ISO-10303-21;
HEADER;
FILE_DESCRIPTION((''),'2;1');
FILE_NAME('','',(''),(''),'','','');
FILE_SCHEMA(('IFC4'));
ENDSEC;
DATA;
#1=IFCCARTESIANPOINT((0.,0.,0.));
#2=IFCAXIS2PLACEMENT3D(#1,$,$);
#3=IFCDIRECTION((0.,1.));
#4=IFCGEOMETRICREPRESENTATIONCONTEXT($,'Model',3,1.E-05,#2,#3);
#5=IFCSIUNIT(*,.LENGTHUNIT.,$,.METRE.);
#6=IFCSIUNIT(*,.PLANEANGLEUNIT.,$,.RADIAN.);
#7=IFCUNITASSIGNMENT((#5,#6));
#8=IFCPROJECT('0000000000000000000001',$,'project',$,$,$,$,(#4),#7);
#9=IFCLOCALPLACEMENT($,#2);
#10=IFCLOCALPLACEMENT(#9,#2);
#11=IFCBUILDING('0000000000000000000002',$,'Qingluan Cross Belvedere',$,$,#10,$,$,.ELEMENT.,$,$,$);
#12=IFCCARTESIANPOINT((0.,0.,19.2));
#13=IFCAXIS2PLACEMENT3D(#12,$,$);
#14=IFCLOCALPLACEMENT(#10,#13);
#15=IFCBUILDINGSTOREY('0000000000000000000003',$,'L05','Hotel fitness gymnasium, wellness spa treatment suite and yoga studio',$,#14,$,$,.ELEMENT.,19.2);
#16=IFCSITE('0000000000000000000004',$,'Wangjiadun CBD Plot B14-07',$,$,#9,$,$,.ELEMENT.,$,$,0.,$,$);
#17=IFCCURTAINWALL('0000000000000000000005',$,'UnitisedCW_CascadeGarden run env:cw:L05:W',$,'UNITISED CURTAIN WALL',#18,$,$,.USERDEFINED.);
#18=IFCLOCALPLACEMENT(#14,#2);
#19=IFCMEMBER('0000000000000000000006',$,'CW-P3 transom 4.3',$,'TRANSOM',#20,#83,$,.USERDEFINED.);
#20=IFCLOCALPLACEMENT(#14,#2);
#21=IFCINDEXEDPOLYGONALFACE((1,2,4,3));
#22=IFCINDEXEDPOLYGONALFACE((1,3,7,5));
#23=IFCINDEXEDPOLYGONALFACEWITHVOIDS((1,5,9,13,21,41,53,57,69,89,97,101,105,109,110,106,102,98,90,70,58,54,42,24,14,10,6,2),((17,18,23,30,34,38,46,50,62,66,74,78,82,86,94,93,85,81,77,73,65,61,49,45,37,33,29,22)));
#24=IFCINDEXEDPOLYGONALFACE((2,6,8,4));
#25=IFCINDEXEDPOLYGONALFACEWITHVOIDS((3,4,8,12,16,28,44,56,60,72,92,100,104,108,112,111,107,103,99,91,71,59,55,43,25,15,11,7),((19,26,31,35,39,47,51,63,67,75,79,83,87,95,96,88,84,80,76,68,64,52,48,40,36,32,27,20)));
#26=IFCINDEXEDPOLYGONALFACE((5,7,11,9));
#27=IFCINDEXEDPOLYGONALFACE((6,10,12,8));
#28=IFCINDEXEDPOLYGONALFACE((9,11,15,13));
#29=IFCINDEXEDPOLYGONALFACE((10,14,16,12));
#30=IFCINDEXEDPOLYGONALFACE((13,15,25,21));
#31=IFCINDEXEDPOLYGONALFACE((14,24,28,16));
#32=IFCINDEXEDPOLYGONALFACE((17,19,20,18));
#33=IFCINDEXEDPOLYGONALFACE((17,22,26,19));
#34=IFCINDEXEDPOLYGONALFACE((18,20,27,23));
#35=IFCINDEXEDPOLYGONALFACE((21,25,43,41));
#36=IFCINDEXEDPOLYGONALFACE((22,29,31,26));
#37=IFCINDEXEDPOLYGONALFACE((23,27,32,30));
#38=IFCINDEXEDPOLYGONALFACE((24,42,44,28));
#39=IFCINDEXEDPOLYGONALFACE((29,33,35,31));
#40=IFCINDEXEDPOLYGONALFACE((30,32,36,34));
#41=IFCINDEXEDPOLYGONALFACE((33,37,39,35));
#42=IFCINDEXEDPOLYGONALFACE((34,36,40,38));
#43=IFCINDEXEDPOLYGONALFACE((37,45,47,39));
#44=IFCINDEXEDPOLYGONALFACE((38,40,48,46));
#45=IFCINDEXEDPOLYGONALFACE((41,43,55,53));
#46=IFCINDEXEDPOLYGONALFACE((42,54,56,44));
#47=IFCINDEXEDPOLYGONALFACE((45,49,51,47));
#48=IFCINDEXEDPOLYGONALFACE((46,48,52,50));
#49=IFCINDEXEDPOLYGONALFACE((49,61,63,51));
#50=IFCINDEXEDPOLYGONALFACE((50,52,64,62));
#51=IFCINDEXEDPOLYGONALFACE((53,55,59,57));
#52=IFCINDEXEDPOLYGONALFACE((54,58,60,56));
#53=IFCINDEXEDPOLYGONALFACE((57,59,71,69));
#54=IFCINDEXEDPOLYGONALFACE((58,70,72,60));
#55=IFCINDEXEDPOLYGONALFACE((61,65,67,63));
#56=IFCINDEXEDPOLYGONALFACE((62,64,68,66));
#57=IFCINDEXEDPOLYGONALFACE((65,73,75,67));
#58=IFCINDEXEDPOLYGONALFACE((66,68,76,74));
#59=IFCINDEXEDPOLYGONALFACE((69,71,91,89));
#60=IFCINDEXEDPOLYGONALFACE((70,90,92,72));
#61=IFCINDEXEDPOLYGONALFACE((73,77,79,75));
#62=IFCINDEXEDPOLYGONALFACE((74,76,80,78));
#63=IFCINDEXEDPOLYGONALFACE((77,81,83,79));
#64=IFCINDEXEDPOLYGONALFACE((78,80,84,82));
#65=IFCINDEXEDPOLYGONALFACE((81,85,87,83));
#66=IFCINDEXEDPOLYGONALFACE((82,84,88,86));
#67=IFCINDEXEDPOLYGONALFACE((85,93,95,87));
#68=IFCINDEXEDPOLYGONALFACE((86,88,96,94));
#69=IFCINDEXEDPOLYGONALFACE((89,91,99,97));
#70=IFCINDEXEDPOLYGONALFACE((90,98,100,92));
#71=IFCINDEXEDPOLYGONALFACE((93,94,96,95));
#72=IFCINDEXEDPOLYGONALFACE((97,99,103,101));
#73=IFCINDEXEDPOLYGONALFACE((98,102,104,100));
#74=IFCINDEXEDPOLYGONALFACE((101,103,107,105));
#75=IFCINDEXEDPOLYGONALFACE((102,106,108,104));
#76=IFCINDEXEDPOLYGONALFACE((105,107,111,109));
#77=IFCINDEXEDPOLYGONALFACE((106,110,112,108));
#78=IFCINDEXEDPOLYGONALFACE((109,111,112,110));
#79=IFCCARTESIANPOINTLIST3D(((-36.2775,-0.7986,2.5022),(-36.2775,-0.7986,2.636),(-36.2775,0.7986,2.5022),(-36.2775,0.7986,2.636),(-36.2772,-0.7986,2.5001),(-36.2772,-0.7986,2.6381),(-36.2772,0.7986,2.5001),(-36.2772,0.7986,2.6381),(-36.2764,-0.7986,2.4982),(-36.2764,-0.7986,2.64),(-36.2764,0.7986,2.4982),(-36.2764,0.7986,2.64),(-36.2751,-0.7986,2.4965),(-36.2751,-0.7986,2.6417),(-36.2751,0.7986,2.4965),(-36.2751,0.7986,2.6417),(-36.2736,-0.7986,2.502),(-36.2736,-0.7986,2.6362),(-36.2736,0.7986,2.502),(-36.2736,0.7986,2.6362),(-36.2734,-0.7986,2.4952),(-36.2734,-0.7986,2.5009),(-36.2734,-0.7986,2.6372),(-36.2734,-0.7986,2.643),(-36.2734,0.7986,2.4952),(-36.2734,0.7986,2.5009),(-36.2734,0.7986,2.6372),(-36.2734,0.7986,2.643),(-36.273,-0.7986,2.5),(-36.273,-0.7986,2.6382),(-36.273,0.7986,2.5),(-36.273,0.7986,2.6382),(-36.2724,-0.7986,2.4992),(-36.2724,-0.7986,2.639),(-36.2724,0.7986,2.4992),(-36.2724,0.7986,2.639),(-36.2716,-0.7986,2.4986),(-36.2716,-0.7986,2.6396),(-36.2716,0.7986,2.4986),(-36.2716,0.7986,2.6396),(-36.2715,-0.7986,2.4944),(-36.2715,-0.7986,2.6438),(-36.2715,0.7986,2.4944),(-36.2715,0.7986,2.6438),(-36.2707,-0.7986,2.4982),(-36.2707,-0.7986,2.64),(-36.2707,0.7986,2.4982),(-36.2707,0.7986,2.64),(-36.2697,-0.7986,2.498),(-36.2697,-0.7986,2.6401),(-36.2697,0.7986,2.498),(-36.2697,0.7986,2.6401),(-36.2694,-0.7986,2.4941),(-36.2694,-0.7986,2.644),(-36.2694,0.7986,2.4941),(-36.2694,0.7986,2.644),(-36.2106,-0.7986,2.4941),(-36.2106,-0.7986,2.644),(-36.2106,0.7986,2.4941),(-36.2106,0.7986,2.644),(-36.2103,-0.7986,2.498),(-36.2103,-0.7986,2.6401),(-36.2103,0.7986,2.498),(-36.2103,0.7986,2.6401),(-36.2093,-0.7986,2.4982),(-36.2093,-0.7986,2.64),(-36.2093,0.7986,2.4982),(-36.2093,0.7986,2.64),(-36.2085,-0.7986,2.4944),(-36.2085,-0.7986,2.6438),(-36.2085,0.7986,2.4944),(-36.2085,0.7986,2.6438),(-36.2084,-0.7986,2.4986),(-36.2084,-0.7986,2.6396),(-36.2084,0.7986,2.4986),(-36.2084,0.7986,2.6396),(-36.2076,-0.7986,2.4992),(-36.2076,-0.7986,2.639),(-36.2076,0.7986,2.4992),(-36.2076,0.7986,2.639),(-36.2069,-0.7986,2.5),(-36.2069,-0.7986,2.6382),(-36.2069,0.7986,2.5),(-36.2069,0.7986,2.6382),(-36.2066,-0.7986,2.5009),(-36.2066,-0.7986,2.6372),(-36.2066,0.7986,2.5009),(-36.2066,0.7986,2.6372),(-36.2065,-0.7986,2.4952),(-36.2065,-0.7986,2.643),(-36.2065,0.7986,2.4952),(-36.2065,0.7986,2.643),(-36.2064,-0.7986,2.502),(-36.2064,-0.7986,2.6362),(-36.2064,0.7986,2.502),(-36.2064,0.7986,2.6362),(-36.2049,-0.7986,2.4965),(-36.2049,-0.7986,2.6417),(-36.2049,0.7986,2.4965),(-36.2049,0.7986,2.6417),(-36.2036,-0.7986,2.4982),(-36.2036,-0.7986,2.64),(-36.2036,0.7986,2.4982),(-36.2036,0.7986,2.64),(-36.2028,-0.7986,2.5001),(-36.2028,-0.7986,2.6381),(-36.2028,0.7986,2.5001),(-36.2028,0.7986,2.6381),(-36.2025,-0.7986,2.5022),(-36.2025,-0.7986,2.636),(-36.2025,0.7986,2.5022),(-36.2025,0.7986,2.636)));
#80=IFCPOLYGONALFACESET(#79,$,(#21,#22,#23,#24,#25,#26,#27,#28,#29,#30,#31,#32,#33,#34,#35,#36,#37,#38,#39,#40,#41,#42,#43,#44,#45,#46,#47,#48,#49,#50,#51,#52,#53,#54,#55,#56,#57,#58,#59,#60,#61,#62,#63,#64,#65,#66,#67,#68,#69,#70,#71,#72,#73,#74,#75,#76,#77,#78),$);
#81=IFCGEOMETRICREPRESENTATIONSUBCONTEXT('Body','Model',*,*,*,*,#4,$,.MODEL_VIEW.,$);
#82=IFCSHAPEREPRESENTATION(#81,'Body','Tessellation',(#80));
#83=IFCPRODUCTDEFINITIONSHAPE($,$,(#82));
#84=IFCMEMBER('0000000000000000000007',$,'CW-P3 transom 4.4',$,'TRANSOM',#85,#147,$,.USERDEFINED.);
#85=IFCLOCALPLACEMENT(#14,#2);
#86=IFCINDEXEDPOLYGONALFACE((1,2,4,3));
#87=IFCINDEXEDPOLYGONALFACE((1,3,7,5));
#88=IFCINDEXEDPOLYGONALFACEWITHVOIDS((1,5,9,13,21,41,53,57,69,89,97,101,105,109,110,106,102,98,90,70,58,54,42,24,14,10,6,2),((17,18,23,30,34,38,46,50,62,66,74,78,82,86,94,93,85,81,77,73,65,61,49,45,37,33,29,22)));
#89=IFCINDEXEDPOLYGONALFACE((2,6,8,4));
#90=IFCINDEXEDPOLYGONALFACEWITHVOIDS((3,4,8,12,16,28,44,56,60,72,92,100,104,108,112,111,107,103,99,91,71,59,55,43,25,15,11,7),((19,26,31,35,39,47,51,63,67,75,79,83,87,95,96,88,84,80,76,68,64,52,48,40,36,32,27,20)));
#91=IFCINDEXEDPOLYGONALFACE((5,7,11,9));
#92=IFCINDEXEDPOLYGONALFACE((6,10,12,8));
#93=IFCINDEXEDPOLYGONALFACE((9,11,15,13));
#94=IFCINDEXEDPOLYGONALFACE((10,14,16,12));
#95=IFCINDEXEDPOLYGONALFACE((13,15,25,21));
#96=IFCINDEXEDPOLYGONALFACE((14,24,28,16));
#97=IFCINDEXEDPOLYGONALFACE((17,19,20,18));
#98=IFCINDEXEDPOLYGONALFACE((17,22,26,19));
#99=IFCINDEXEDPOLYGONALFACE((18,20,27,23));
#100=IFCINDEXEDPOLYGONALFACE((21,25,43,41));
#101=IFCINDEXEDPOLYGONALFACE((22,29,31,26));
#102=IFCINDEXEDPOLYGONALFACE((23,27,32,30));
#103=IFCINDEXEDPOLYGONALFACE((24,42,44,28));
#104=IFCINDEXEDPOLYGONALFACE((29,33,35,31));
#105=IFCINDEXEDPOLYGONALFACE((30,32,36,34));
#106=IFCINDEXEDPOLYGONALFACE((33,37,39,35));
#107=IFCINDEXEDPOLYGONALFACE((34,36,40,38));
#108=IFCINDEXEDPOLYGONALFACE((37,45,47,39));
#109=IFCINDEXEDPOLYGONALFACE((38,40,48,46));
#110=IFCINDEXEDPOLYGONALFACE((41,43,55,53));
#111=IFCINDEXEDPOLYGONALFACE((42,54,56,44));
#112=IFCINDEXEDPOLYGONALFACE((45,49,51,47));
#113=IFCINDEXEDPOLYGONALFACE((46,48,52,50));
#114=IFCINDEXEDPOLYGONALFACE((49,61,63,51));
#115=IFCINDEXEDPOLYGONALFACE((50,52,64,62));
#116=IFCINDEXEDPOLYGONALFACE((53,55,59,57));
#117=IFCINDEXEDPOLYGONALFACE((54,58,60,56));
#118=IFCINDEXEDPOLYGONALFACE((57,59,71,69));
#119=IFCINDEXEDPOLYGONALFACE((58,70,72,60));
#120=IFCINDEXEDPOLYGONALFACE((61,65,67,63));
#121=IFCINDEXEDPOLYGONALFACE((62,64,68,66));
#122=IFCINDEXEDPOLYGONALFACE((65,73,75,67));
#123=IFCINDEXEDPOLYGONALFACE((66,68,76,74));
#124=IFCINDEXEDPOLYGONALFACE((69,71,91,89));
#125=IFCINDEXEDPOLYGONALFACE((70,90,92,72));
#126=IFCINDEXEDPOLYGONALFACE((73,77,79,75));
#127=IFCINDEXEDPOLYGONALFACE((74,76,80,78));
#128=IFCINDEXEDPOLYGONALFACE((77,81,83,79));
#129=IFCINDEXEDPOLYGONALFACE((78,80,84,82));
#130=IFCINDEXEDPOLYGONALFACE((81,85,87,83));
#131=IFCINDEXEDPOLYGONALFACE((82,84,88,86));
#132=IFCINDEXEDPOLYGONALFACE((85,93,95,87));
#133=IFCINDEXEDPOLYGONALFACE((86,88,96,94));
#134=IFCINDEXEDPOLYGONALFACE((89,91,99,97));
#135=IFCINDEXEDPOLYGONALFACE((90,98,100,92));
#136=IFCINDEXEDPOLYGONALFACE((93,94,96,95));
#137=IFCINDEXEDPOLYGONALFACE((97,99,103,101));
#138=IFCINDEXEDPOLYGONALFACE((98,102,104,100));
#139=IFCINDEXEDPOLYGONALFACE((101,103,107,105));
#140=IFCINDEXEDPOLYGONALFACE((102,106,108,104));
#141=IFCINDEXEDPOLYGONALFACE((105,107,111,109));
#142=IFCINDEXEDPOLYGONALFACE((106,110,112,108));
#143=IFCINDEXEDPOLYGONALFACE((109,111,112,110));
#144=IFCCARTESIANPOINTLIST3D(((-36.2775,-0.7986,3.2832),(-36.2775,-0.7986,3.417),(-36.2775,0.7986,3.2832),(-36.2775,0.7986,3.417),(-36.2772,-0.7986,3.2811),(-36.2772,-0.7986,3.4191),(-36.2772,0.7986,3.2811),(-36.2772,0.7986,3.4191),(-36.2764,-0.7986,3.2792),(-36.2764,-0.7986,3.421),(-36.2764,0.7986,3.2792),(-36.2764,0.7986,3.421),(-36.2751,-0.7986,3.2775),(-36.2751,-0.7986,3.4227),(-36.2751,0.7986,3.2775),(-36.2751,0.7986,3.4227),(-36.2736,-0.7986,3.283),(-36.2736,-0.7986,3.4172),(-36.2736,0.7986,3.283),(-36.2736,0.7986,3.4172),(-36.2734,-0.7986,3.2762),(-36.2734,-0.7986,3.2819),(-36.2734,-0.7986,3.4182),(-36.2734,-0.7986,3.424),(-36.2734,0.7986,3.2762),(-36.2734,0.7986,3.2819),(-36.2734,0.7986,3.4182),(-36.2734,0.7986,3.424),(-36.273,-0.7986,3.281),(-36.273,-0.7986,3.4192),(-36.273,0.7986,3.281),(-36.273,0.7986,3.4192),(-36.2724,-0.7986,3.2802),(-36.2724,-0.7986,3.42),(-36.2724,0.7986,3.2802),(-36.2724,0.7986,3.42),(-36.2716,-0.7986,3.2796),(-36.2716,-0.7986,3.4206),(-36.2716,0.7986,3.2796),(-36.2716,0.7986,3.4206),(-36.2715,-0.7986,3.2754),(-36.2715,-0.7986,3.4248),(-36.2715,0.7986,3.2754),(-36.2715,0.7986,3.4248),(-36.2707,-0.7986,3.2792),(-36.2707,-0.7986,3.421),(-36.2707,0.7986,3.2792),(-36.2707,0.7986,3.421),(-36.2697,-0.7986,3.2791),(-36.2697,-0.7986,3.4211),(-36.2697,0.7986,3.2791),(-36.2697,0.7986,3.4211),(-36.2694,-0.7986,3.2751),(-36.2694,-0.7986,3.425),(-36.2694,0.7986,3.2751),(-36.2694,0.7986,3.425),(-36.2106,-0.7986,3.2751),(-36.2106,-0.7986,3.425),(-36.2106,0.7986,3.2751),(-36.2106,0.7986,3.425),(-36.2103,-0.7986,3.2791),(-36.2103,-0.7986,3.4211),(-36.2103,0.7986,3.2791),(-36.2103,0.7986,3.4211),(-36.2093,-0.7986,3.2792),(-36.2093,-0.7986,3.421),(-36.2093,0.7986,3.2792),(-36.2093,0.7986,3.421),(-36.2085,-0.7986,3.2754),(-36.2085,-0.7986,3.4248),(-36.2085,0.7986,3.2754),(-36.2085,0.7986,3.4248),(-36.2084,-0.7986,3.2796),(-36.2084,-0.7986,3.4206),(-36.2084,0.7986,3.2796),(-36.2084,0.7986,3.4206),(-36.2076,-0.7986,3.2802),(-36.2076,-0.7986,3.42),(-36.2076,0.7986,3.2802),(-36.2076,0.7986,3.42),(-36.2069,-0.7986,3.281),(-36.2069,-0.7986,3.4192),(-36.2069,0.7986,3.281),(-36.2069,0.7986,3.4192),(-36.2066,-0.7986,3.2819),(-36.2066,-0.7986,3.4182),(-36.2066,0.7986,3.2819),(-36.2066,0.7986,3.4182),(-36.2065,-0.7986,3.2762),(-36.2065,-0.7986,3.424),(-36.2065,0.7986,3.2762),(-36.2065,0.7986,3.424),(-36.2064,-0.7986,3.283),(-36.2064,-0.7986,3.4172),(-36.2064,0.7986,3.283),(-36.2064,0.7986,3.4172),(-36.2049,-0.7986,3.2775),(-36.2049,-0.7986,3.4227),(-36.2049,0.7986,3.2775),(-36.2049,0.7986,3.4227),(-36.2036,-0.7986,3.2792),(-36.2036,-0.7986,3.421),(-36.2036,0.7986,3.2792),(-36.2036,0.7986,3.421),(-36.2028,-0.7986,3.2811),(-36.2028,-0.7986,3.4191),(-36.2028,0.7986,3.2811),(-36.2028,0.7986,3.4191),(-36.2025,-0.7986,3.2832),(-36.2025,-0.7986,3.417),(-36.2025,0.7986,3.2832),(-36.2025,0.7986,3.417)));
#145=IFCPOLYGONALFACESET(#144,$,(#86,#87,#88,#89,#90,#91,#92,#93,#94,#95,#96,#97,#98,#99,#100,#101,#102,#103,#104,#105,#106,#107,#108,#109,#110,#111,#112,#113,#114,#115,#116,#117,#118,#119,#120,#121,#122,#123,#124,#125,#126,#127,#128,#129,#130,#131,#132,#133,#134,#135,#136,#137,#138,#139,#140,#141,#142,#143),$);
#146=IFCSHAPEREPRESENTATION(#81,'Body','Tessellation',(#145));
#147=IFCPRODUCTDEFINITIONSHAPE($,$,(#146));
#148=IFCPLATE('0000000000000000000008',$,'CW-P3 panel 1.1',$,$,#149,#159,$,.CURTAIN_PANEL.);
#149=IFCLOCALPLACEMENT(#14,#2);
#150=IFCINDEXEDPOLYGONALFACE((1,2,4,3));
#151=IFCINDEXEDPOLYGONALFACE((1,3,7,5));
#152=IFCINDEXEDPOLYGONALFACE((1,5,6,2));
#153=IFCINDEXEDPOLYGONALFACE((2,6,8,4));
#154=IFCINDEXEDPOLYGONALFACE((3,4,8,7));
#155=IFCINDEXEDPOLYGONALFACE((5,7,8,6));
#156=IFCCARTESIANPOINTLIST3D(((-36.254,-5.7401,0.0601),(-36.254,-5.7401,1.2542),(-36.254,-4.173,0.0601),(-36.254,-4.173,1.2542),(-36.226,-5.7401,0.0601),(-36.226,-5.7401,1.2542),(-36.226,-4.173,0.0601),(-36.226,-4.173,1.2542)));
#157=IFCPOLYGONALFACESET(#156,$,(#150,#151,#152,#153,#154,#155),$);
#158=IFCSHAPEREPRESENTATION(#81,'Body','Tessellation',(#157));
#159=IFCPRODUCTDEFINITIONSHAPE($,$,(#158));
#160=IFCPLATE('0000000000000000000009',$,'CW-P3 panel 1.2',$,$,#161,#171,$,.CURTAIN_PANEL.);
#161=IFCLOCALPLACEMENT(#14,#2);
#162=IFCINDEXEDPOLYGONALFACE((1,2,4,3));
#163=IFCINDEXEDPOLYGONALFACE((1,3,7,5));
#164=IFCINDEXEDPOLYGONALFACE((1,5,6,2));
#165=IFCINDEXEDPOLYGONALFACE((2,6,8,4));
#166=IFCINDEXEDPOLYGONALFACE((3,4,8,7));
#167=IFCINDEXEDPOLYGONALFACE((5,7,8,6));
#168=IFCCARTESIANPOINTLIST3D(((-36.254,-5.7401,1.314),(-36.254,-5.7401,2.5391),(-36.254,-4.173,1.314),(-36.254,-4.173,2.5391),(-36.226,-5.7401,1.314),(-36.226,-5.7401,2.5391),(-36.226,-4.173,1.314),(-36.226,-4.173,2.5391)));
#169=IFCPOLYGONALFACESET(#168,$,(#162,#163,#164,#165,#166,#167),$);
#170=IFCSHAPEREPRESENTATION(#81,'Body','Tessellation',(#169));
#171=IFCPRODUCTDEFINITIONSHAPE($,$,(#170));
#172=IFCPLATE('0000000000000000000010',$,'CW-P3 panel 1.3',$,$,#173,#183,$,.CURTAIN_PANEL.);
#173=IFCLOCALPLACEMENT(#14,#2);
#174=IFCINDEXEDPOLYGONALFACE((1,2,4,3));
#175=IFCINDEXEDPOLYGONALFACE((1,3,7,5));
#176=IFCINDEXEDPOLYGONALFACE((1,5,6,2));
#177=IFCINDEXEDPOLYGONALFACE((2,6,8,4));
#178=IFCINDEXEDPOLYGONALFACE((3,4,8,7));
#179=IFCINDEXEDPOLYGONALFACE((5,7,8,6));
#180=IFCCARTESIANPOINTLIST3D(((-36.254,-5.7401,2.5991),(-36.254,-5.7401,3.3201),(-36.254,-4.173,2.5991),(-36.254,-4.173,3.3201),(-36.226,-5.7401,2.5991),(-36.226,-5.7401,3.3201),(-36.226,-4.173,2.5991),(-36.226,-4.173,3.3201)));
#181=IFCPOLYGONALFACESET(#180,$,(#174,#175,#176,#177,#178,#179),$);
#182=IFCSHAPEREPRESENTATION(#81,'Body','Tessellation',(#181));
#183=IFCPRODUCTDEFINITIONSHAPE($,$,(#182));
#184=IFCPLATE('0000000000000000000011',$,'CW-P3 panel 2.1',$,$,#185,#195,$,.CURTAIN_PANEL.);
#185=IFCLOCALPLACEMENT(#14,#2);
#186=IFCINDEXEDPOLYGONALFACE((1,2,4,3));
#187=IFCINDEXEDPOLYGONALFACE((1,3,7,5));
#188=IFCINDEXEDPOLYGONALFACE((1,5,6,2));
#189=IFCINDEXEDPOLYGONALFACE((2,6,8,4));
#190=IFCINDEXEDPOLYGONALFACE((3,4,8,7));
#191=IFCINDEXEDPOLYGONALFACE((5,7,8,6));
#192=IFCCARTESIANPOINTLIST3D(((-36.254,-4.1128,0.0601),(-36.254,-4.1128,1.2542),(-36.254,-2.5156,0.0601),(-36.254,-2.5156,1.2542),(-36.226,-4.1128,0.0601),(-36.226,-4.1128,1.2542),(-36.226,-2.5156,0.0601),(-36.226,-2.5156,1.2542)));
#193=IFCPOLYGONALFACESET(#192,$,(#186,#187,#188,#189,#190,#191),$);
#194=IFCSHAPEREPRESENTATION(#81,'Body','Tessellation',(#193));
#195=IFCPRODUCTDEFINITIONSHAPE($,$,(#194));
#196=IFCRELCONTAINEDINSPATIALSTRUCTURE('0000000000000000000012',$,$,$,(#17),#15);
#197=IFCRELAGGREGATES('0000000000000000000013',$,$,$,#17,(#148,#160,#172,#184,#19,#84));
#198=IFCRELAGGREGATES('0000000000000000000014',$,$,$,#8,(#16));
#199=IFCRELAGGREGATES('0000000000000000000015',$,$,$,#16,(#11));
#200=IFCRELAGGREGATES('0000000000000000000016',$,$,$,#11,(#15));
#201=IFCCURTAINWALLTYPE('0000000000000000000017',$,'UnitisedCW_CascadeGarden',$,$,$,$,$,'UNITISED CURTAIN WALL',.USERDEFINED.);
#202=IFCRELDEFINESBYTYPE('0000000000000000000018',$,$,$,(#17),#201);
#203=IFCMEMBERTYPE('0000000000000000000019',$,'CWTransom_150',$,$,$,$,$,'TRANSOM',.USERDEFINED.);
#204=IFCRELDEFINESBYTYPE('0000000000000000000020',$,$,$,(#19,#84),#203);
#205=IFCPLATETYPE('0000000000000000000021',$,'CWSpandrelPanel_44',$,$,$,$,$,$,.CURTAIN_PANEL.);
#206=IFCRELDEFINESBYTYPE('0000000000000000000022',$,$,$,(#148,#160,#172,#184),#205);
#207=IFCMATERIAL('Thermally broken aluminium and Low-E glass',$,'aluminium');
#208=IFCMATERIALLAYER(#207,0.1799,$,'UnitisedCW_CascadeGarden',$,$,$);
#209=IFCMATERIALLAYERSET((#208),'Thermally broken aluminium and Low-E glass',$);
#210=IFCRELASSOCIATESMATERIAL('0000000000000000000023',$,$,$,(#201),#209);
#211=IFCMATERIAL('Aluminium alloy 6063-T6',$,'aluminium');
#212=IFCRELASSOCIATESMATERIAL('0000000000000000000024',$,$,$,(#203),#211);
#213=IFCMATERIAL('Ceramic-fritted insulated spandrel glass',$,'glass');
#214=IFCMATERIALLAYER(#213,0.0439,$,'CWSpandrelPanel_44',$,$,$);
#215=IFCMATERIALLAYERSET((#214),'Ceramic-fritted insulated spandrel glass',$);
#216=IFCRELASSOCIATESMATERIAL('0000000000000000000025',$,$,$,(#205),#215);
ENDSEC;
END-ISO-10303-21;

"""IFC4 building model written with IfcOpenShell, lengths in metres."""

from ifc_helpers import new_model, si_unit, direction, frame, origin, origin_2d, place, context, subcontext, project, spatial, rectangle, hollow_rectangle, extrude, material, layer, layer_set, material_profile, profile_set, type_object, element, aggregate, save


model = new_model("IFC4")

# Units and contexts
model_context = context("Model", 3, precision=1e-05, world=origin(), true_north=direction((0.0, 1.0)))
body_context = subcontext(model_context, "Body", "Model", "MODEL_VIEW")
ifc_project = project(units=[si_unit("LENGTHUNIT", "METRE"), si_unit("PLANEANGLEUNIT", "RADIAN")], contexts=[model_context])

# Site, building, storey
site_placement = place(None, origin())
site = spatial("IfcSite", under=ifc_project, at=site_placement, Name="Wangjiadun CBD Plot B14-07", CompositionType="ELEMENT", RefElevation=0.0)
building_placement = place(site_placement, origin())
building = spatial("IfcBuilding", under=site, at=building_placement, Name="Qingluan Cross Belvedere", CompositionType="ELEMENT")
storey_placement = place(building_placement, frame((0.0, 0.0, 19.2)))
storey = spatial("IfcBuildingStorey", under=building, at=storey_placement, Name="L05", Description="Hotel fitness gymnasium, wellness spa treatment suite and yoga studio", CompositionType="ELEMENT", Elevation=19.2)

# Curtain wall, members, plates
ifc_material_1 = material(Name="Thermally broken aluminium and Low-E glass", Category="aluminium")
ifc_layer_1 = layer(ifc_material_1, 0.1799, Name="UnitisedCW_CascadeGarden")
ifc_layer_set_1 = layer_set([ifc_layer_1], Name="Thermally broken aluminium and Low-E glass")
curtain_wall_type = type_object("IfcCurtainWallType", Name="UnitisedCW_CascadeGarden", ElementType="UNITISED CURTAIN WALL", PredefinedType="USERDEFINED", material=ifc_layer_set_1)
curtain_wall_placement = place(storey_placement, origin())
curtain_wall = element("IfcCurtainWall", 1, at=curtain_wall_placement, inside=storey, type_object=curtain_wall_type, Name="UnitisedCW_CascadeGarden run env:cw:L05:W", ObjectType="UNITISED CURTAIN WALL", PredefinedType="USERDEFINED")
ifc_material_2 = material(Name="Aluminium alloy 6063-T6", Category="aluminium")
ifc_material_profile_1 = material_profile(ifc_material_2, hollow_rectangle(XDim=0.075, YDim=0.1499, WallThickness=0.0039, InnerFilletRadius=0.0039, OuterFilletRadius=0.0081, at=origin_2d()), Name="CWT150x75x4")
ifc_profile_set_1 = profile_set([ifc_material_profile_1], Name="Aluminium alloy 6063-T6")
member_type_1 = type_object("IfcMemberType", Name="CWTransom_150", ElementType="TRANSOM", PredefinedType="USERDEFINED", material=ifc_profile_set_1)
member_1_placement = place(storey_placement, frame((-36.24, -0.7986, 2.5691), z_axis=(0.0, 1.0, 0.0), x_axis=(-1.0, 0.0, 0.0)))
member_1 = element("IfcMember", 2, at=member_1_placement, type_object=member_type_1, Name="CW-P3 transom 4.3", ObjectType="TRANSOM", PredefinedType="USERDEFINED", context=body_context, shape_type="SweptSolid", body=[
    extrude(hollow_rectangle(XDim=0.075, YDim=0.1499, WallThickness=0.0039, InnerFilletRadius=0.0039, OuterFilletRadius=0.0081, at=origin_2d()), origin(), (0.0, 0.0, 1.0), 1.5972),
])
member_2_placement = place(storey_placement, frame((-36.24, -0.7986, 3.3501), z_axis=(0.0, 1.0, 0.0), x_axis=(-1.0, 0.0, 0.0)))
member_2 = element("IfcMember", 3, at=member_2_placement, type_object=member_type_1, Name="CW-P3 transom 4.4", ObjectType="TRANSOM", PredefinedType="USERDEFINED", context=body_context, shape_type="SweptSolid", body=[
    extrude(hollow_rectangle(XDim=0.075, YDim=0.1499, WallThickness=0.0039, InnerFilletRadius=0.0039, OuterFilletRadius=0.0081, at=origin_2d()), origin(), (0.0, 0.0, 1.0), 1.5972),
])
ifc_material_3 = material(Name="Ceramic-fritted insulated spandrel glass", Category="glass")
ifc_layer_2 = layer(ifc_material_3, 0.0439, Name="CWSpandrelPanel_44")
ifc_layer_set_2 = layer_set([ifc_layer_2], Name="Ceramic-fritted insulated spandrel glass")
plate_type = type_object("IfcPlateType", Name="CWSpandrelPanel_44", PredefinedType="CURTAIN_PANEL", material=ifc_layer_set_2)
plate_1_placement = place(storey_placement, frame((-36.24, -4.9565, 0.0601), z_axis=(0.0, 0.0, 1.0), x_axis=(0.0, 1.0, 0.0)))
plate_1 = element("IfcPlate", 4, at=plate_1_placement, type_object=plate_type, Name="CW-P3 panel 1.1", PredefinedType="CURTAIN_PANEL", context=body_context, shape_type="SweptSolid", body=[
    extrude(rectangle(XDim=1.5671, YDim=0.0281, at=origin_2d()), origin(), (0.0, 0.0, 1.0), 1.1941),
])
plate_2_placement = place(storey_placement, frame((-36.24, -4.9565, 1.314), z_axis=(0.0, 0.0, 1.0), x_axis=(0.0, 1.0, 0.0)))
plate_2 = element("IfcPlate", 5, at=plate_2_placement, type_object=plate_type, Name="CW-P3 panel 1.2", PredefinedType="CURTAIN_PANEL", context=body_context, shape_type="SweptSolid", body=[
    extrude(rectangle(XDim=1.5671, YDim=0.0281, at=origin_2d()), origin(), (0.0, 0.0, 1.0), 1.2251),
])
plate_3_placement = place(storey_placement, frame((-36.24, -4.9565, 2.5991), z_axis=(0.0, 0.0, 1.0), x_axis=(0.0, 1.0, 0.0)))
plate_3 = element("IfcPlate", 6, at=plate_3_placement, type_object=plate_type, Name="CW-P3 panel 1.3", PredefinedType="CURTAIN_PANEL", context=body_context, shape_type="SweptSolid", body=[
    extrude(rectangle(XDim=1.5671, YDim=0.0281, at=origin_2d()), origin(), (0.0, 0.0, 1.0), 0.7209),
])
plate_4_placement = place(storey_placement, frame((-36.24, -3.3142, 0.0601), z_axis=(0.0, 0.0, 1.0), x_axis=(0.0, 1.0, 0.0)))
plate_4 = element("IfcPlate", 7, at=plate_4_placement, type_object=plate_type, Name="CW-P3 panel 2.1", PredefinedType="CURTAIN_PANEL", context=body_context, shape_type="SweptSolid", body=[
    extrude(rectangle(XDim=1.5972, YDim=0.0281, at=origin_2d()), origin(), (0.0, 0.0, 1.0), 1.1941),
])
aggregate(curtain_wall, [plate_1, plate_2, plate_3, plate_4, member_1, member_2])

save(model, "model.ifc")
